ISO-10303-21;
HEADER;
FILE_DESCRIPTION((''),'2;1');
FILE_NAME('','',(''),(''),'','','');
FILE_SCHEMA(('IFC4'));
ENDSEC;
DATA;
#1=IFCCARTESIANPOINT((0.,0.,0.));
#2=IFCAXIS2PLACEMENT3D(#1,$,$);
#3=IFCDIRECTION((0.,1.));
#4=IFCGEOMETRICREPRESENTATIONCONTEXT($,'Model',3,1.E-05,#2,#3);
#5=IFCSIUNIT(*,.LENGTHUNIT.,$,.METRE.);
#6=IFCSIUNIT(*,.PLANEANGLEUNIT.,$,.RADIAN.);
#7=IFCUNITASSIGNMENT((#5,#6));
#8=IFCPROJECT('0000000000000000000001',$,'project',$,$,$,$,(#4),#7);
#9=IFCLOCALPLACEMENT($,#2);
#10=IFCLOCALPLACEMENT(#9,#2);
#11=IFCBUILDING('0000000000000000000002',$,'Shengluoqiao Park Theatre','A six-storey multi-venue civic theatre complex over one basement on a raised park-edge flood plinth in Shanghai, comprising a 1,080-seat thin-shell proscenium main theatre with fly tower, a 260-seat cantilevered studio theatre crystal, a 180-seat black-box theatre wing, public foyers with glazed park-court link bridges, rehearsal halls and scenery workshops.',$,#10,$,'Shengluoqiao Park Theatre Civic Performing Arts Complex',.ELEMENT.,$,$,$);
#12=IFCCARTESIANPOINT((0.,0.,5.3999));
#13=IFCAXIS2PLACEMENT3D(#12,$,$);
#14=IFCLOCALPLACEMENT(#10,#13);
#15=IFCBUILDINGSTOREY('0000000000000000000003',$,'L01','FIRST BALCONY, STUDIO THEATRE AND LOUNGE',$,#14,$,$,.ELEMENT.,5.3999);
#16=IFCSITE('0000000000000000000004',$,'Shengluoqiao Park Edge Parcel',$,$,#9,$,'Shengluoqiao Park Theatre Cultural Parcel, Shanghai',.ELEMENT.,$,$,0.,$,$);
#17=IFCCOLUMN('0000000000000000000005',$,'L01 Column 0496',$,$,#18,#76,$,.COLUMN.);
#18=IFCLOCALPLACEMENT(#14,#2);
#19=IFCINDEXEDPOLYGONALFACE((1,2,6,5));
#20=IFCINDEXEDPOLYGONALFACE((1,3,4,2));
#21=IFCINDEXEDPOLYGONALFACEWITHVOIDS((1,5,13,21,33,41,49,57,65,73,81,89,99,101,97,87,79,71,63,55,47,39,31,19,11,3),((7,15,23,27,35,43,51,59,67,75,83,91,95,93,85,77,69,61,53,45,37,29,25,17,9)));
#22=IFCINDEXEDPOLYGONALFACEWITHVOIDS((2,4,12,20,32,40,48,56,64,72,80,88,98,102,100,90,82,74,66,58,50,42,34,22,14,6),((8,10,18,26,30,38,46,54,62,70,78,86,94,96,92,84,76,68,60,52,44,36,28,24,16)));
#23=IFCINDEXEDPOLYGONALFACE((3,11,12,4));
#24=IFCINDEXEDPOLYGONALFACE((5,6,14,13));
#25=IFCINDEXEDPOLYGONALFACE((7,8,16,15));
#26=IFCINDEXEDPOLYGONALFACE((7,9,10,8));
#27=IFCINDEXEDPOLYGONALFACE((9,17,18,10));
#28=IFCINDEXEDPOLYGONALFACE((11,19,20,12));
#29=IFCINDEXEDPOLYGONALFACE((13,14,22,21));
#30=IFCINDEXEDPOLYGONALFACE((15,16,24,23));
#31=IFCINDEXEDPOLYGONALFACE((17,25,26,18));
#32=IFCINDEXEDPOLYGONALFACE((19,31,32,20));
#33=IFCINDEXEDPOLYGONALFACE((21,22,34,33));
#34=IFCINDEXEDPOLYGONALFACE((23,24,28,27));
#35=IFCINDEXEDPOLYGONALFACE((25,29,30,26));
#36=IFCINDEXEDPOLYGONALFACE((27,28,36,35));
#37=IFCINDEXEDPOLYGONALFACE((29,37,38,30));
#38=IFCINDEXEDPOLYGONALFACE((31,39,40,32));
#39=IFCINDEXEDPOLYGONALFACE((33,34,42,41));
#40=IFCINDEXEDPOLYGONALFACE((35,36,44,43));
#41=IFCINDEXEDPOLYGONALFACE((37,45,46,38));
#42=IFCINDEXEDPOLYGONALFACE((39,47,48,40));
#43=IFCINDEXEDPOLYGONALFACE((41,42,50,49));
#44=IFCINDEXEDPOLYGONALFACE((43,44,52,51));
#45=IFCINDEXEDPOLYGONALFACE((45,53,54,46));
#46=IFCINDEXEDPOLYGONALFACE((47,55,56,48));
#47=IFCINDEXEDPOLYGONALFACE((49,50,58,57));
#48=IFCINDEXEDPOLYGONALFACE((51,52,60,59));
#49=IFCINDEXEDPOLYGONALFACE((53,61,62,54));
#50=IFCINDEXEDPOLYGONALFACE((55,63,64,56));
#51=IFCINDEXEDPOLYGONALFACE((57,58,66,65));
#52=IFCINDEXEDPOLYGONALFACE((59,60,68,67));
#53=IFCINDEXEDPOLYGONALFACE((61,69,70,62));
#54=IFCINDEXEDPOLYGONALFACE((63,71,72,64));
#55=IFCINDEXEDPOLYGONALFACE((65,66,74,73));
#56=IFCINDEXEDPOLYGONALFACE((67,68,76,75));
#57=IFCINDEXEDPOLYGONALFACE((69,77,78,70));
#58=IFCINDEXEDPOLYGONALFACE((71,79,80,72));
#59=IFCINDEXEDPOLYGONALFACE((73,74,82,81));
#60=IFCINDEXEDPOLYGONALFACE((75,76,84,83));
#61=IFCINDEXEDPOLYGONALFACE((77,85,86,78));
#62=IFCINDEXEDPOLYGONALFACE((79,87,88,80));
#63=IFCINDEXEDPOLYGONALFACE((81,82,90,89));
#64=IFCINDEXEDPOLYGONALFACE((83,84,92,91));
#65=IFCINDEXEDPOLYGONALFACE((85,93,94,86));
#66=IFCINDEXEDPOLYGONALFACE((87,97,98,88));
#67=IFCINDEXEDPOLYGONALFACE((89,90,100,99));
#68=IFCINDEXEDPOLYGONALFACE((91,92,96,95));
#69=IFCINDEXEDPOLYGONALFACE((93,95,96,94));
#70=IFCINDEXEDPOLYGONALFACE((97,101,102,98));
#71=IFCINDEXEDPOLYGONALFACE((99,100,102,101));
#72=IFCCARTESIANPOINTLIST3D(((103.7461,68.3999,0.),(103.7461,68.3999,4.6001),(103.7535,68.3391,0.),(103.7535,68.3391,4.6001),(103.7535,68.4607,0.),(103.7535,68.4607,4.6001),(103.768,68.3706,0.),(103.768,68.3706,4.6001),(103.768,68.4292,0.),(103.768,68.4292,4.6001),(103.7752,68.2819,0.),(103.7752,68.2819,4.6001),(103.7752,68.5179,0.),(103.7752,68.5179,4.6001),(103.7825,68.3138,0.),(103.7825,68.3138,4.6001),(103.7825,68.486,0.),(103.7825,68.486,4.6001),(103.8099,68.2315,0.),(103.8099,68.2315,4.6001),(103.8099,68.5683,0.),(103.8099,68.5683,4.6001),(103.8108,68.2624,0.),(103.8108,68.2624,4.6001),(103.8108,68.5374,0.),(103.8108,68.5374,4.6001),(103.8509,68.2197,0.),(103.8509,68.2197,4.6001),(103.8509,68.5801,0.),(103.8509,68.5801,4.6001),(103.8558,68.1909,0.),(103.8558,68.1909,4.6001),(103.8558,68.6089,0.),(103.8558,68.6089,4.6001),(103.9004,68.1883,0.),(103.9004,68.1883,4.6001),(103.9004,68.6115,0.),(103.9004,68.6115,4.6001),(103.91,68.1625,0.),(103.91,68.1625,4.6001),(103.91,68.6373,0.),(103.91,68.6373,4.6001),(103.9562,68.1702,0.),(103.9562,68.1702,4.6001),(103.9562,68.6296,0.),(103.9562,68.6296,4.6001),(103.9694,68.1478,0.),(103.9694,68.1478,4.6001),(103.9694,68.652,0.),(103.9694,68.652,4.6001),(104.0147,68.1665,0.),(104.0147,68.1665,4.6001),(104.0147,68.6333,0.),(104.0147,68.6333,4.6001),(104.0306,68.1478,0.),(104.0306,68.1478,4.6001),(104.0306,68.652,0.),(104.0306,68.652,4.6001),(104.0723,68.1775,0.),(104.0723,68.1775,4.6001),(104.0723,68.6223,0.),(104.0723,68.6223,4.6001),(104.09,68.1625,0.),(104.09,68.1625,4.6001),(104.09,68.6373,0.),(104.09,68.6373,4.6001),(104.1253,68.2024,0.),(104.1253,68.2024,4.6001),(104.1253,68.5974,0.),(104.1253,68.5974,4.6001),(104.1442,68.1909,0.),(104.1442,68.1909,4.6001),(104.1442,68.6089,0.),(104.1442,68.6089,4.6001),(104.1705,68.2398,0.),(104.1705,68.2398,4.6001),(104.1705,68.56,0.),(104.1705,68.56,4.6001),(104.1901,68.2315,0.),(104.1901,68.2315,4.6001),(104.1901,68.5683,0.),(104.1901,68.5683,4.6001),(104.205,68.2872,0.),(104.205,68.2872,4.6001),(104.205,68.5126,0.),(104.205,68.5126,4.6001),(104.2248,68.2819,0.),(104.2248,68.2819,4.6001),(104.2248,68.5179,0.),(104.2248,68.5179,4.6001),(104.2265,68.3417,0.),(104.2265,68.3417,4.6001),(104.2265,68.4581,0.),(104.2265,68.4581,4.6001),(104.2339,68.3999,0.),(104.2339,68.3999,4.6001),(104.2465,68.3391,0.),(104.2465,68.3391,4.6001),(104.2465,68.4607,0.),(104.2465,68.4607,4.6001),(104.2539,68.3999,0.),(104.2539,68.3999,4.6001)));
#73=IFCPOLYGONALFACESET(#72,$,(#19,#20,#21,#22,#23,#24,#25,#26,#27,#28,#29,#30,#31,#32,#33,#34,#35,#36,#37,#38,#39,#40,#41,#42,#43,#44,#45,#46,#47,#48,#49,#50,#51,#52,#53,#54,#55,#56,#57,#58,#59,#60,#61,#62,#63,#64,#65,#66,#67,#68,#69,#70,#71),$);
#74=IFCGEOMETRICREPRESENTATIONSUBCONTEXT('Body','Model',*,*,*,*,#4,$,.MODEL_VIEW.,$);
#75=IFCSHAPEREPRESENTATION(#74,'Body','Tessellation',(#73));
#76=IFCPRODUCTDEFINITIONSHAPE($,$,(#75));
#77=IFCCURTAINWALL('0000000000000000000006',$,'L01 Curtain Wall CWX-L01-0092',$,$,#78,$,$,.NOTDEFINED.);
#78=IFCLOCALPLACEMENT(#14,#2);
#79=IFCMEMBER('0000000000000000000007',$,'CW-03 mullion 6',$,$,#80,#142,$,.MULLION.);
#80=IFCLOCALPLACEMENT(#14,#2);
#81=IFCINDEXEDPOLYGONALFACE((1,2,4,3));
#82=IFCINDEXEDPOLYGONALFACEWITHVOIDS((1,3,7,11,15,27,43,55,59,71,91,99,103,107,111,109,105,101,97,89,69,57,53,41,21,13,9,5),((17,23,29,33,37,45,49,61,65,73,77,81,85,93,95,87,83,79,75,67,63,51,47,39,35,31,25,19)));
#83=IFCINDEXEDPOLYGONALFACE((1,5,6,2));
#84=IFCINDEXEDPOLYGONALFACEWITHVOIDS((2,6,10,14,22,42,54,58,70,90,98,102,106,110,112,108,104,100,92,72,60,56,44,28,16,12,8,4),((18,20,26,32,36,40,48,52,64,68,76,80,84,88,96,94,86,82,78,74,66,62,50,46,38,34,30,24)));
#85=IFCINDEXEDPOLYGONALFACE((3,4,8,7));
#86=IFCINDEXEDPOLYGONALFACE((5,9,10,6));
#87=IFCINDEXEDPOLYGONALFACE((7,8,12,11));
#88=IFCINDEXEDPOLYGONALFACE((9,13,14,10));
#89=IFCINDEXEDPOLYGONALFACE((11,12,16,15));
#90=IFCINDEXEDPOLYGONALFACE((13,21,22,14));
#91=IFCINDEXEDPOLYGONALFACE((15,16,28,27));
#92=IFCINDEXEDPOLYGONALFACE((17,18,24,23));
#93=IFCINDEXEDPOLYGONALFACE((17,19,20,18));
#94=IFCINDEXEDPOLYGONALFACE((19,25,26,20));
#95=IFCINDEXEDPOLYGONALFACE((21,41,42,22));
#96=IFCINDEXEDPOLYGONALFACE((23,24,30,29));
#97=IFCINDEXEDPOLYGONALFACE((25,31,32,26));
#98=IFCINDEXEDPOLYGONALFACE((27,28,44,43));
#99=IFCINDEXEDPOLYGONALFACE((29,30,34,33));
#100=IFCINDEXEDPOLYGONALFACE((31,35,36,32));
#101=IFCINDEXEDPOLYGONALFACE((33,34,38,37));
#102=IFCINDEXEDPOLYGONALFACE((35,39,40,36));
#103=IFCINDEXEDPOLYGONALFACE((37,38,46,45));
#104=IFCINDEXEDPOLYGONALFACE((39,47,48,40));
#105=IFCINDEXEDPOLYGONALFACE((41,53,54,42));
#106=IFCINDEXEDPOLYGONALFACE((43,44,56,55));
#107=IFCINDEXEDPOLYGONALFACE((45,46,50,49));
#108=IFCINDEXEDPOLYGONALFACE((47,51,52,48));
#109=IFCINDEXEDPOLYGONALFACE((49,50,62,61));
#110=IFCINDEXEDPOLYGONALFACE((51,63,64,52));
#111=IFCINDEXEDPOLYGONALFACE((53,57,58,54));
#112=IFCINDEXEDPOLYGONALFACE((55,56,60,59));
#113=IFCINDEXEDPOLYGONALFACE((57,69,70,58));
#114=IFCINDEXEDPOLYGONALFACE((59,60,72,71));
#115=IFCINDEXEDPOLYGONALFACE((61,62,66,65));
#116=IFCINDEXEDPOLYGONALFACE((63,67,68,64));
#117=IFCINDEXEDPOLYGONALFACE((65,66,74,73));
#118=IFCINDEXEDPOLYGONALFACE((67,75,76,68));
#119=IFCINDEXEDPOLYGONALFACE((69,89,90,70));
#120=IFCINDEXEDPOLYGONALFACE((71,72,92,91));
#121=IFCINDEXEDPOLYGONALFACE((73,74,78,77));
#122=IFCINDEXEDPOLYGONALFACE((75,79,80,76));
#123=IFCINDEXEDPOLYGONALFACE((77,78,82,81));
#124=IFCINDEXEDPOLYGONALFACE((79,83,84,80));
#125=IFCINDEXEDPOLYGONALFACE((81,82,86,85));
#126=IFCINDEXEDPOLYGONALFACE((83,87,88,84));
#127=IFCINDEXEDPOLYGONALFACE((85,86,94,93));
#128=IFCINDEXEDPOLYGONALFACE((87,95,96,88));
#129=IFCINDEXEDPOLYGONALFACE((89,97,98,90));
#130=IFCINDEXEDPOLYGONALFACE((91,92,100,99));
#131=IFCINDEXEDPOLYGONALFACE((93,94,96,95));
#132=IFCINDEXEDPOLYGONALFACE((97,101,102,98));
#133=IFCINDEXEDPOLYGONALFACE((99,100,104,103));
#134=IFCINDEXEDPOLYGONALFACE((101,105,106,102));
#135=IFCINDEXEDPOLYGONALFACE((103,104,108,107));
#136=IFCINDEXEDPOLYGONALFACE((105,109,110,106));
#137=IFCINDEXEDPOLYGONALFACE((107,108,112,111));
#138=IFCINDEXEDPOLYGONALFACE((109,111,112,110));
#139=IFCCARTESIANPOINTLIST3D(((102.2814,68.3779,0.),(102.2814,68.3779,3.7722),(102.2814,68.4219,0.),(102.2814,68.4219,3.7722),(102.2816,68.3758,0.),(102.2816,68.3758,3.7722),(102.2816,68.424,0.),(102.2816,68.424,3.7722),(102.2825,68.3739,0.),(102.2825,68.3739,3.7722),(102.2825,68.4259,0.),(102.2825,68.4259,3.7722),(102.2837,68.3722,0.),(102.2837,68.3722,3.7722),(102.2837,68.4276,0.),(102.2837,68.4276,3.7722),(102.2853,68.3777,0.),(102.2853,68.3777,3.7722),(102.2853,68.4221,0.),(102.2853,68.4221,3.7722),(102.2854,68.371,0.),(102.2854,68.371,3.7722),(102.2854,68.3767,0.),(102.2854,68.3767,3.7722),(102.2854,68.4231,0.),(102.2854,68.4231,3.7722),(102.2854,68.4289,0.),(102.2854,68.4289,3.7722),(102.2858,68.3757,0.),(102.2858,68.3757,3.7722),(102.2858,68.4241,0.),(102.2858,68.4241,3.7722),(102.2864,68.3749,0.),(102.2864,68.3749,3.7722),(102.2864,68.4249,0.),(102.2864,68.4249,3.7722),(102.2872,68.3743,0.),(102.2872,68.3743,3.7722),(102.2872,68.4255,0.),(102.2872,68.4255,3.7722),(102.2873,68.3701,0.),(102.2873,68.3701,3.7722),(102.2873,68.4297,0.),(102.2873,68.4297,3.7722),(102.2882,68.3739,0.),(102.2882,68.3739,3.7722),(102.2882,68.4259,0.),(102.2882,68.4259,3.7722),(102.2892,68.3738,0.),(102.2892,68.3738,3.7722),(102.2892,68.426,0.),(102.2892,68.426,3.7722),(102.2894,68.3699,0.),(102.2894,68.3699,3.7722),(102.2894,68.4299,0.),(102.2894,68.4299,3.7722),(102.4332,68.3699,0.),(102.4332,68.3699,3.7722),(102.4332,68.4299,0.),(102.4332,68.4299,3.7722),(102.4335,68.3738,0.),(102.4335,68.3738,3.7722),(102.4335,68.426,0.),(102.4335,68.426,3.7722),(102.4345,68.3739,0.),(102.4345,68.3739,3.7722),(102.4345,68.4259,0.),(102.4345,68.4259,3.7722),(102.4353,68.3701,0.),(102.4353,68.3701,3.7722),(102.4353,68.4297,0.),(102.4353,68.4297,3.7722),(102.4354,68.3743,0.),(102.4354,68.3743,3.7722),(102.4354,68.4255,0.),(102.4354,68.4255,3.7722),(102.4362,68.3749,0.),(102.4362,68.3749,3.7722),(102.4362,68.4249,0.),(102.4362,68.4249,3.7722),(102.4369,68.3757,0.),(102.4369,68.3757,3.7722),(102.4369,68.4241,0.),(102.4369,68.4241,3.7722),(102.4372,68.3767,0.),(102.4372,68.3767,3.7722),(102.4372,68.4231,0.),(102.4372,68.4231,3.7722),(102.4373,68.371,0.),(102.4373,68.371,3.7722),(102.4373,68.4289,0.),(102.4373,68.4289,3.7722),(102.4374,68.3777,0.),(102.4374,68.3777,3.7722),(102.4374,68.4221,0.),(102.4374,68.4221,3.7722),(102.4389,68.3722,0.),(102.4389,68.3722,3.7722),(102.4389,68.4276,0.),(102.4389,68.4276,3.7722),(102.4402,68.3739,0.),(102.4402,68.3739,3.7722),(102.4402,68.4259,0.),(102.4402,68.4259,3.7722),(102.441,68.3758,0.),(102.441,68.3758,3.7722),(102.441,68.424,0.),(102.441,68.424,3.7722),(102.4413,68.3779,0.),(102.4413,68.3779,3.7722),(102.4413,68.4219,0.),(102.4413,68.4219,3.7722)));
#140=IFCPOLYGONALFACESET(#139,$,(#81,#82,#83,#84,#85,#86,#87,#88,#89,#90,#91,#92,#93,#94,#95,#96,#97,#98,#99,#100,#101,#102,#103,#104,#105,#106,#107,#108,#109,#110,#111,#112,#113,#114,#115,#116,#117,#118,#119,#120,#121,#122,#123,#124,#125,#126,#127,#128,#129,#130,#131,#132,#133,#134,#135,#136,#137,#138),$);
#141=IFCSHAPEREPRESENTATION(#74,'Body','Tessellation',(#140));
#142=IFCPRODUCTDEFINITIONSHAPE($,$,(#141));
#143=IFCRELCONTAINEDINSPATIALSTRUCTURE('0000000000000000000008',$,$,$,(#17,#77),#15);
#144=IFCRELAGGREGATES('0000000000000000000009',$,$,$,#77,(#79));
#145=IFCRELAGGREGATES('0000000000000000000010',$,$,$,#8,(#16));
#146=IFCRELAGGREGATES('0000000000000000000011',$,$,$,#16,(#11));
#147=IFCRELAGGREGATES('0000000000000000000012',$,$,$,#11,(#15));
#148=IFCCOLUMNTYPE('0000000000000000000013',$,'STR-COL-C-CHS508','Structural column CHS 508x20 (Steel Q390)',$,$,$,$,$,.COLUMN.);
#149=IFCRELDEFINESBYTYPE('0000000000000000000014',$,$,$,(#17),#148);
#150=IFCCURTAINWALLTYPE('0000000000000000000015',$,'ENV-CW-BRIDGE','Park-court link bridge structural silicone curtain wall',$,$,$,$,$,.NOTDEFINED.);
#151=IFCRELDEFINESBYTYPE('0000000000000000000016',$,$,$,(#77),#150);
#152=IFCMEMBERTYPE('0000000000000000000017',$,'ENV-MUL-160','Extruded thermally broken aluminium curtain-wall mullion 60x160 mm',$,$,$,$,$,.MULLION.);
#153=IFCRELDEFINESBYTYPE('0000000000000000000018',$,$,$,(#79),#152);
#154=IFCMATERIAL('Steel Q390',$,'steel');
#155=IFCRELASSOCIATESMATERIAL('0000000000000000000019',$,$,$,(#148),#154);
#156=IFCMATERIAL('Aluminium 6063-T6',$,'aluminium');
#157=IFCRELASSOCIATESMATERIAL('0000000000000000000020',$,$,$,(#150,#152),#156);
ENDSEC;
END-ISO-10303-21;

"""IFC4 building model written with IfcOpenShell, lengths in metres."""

from ifc_helpers import new_model, si_unit, direction, frame, origin, origin_2d, place, context, subcontext, project, spatial, hollow_rectangle, hollow_circle, extrude, material, material_profile, profile_set, type_object, element, aggregate, save


model = new_model("IFC4")

# Units and contexts
model_context = context("Model", 3, precision=1e-05, world=origin(), true_north=direction((0.0, 1.0)))
body_context = subcontext(model_context, "Body", "Model", "MODEL_VIEW")
ifc_project = project(units=[si_unit("LENGTHUNIT", "METRE"), si_unit("PLANEANGLEUNIT", "RADIAN")], contexts=[model_context])

# Site, building, storey
site_placement = place(None, origin())
site = spatial("IfcSite", under=ifc_project, at=site_placement, Name="Shengluoqiao Park Edge Parcel", LongName="Shengluoqiao Park Theatre Cultural Parcel, Shanghai", CompositionType="ELEMENT", RefElevation=0.0)
building_placement = place(site_placement, origin())
building = spatial("IfcBuilding", under=site, at=building_placement, Name="Shengluoqiao Park Theatre", Description="A six-storey multi-venue civic theatre complex over one basement on a raised park-edge flood plinth in Shanghai, comprising a 1,080-seat thin-shell proscenium main theatre with fly tower, a 260-seat cantilevered studio theatre crystal, a 180-seat black-box theatre wing, public foyers with glazed park-court link bridges, rehearsal halls and scenery workshops.", LongName="Shengluoqiao Park Theatre Civic Performing Arts Complex", CompositionType="ELEMENT")
storey_placement = place(building_placement, frame((0.0, 0.0, 5.3999)))
storey = spatial("IfcBuildingStorey", under=building, at=storey_placement, Name="L01", Description="FIRST BALCONY, STUDIO THEATRE AND LOUNGE", CompositionType="ELEMENT", Elevation=5.3999)

# Column
ifc_material_1 = material(Name="Steel Q390", Category="steel")
ifc_material_profile_1 = material_profile(ifc_material_1, hollow_circle(Radius=0.2539, WallThickness=0.02, at=origin_2d()), Name="CHS 508x20")
ifc_profile_set_1 = profile_set([ifc_material_profile_1], Name="Steel Q390")
column_type = type_object("IfcColumnType", Name="STR-COL-C-CHS508", Description="Structural column CHS 508x20 (Steel Q390)", PredefinedType="COLUMN", material=ifc_profile_set_1)
column_placement = place(storey_placement, frame((104.0, 68.3999, 0.0), z_axis=(0.0, 0.0, 1.0), x_axis=(1.0, 0.0, 0.0)))
element("IfcColumn", 1, at=column_placement, inside=storey, type_object=column_type, Name="L01 Column 0496", PredefinedType="COLUMN", context=body_context, shape_type="SweptSolid", body=[
    extrude(hollow_circle(Radius=0.2539, WallThickness=0.02, at=origin_2d()), origin(), (0.0, 0.0, 1.0), 4.6001),
])

# Curtain wall, member
ifc_material_2 = material(Name="Aluminium 6063-T6", Category="aluminium")
curtain_wall_type = type_object("IfcCurtainWallType", Name="ENV-CW-BRIDGE", Description="Park-court link bridge structural silicone curtain wall", PredefinedType="NOTDEFINED", material=ifc_material_2)
curtain_wall_1_placement = place(storey_placement, origin())
curtain_wall_1 = element("IfcCurtainWall", 2, at=curtain_wall_1_placement, inside=storey, type_object=curtain_wall_type, Name="L01 Curtain Wall CWX-L01-0092", PredefinedType="NOTDEFINED")
ifc_material_profile_2 = material_profile(ifc_material_2, hollow_rectangle(XDim=0.0601, YDim=0.1599, WallThickness=0.0039, InnerFilletRadius=0.0039, OuterFilletRadius=0.0081, at=origin_2d()), Name="ALU MULLION 160x60x4")
ifc_profile_set_2 = profile_set([ifc_material_profile_2], Name="Aluminium 6063-T6")
member_type_1 = type_object("IfcMemberType", Name="ENV-MUL-160", Description="Extruded thermally broken aluminium curtain-wall mullion 60x160 mm", PredefinedType="MULLION", material=ifc_profile_set_2)
member_1_placement = place(storey_placement, frame((102.3613, 68.3999, 0.0), z_axis=(0.0, 0.0, 1.0), x_axis=(0.0, 1.0, 0.0)))
member_1 = element("IfcMember", 3, at=member_1_placement, type_object=member_type_1, Name="CW-03 mullion 6", PredefinedType="MULLION", context=body_context, shape_type="SweptSolid", body=[
    extrude(hollow_rectangle(XDim=0.0601, YDim=0.1599, WallThickness=0.0039, InnerFilletRadius=0.0039, OuterFilletRadius=0.0081, at=origin_2d()), origin(), (0.0, 0.0, 1.0), 3.7722),
])

aggregate(curtain_wall_1, [member_1])

save(model, "model.ifc")
